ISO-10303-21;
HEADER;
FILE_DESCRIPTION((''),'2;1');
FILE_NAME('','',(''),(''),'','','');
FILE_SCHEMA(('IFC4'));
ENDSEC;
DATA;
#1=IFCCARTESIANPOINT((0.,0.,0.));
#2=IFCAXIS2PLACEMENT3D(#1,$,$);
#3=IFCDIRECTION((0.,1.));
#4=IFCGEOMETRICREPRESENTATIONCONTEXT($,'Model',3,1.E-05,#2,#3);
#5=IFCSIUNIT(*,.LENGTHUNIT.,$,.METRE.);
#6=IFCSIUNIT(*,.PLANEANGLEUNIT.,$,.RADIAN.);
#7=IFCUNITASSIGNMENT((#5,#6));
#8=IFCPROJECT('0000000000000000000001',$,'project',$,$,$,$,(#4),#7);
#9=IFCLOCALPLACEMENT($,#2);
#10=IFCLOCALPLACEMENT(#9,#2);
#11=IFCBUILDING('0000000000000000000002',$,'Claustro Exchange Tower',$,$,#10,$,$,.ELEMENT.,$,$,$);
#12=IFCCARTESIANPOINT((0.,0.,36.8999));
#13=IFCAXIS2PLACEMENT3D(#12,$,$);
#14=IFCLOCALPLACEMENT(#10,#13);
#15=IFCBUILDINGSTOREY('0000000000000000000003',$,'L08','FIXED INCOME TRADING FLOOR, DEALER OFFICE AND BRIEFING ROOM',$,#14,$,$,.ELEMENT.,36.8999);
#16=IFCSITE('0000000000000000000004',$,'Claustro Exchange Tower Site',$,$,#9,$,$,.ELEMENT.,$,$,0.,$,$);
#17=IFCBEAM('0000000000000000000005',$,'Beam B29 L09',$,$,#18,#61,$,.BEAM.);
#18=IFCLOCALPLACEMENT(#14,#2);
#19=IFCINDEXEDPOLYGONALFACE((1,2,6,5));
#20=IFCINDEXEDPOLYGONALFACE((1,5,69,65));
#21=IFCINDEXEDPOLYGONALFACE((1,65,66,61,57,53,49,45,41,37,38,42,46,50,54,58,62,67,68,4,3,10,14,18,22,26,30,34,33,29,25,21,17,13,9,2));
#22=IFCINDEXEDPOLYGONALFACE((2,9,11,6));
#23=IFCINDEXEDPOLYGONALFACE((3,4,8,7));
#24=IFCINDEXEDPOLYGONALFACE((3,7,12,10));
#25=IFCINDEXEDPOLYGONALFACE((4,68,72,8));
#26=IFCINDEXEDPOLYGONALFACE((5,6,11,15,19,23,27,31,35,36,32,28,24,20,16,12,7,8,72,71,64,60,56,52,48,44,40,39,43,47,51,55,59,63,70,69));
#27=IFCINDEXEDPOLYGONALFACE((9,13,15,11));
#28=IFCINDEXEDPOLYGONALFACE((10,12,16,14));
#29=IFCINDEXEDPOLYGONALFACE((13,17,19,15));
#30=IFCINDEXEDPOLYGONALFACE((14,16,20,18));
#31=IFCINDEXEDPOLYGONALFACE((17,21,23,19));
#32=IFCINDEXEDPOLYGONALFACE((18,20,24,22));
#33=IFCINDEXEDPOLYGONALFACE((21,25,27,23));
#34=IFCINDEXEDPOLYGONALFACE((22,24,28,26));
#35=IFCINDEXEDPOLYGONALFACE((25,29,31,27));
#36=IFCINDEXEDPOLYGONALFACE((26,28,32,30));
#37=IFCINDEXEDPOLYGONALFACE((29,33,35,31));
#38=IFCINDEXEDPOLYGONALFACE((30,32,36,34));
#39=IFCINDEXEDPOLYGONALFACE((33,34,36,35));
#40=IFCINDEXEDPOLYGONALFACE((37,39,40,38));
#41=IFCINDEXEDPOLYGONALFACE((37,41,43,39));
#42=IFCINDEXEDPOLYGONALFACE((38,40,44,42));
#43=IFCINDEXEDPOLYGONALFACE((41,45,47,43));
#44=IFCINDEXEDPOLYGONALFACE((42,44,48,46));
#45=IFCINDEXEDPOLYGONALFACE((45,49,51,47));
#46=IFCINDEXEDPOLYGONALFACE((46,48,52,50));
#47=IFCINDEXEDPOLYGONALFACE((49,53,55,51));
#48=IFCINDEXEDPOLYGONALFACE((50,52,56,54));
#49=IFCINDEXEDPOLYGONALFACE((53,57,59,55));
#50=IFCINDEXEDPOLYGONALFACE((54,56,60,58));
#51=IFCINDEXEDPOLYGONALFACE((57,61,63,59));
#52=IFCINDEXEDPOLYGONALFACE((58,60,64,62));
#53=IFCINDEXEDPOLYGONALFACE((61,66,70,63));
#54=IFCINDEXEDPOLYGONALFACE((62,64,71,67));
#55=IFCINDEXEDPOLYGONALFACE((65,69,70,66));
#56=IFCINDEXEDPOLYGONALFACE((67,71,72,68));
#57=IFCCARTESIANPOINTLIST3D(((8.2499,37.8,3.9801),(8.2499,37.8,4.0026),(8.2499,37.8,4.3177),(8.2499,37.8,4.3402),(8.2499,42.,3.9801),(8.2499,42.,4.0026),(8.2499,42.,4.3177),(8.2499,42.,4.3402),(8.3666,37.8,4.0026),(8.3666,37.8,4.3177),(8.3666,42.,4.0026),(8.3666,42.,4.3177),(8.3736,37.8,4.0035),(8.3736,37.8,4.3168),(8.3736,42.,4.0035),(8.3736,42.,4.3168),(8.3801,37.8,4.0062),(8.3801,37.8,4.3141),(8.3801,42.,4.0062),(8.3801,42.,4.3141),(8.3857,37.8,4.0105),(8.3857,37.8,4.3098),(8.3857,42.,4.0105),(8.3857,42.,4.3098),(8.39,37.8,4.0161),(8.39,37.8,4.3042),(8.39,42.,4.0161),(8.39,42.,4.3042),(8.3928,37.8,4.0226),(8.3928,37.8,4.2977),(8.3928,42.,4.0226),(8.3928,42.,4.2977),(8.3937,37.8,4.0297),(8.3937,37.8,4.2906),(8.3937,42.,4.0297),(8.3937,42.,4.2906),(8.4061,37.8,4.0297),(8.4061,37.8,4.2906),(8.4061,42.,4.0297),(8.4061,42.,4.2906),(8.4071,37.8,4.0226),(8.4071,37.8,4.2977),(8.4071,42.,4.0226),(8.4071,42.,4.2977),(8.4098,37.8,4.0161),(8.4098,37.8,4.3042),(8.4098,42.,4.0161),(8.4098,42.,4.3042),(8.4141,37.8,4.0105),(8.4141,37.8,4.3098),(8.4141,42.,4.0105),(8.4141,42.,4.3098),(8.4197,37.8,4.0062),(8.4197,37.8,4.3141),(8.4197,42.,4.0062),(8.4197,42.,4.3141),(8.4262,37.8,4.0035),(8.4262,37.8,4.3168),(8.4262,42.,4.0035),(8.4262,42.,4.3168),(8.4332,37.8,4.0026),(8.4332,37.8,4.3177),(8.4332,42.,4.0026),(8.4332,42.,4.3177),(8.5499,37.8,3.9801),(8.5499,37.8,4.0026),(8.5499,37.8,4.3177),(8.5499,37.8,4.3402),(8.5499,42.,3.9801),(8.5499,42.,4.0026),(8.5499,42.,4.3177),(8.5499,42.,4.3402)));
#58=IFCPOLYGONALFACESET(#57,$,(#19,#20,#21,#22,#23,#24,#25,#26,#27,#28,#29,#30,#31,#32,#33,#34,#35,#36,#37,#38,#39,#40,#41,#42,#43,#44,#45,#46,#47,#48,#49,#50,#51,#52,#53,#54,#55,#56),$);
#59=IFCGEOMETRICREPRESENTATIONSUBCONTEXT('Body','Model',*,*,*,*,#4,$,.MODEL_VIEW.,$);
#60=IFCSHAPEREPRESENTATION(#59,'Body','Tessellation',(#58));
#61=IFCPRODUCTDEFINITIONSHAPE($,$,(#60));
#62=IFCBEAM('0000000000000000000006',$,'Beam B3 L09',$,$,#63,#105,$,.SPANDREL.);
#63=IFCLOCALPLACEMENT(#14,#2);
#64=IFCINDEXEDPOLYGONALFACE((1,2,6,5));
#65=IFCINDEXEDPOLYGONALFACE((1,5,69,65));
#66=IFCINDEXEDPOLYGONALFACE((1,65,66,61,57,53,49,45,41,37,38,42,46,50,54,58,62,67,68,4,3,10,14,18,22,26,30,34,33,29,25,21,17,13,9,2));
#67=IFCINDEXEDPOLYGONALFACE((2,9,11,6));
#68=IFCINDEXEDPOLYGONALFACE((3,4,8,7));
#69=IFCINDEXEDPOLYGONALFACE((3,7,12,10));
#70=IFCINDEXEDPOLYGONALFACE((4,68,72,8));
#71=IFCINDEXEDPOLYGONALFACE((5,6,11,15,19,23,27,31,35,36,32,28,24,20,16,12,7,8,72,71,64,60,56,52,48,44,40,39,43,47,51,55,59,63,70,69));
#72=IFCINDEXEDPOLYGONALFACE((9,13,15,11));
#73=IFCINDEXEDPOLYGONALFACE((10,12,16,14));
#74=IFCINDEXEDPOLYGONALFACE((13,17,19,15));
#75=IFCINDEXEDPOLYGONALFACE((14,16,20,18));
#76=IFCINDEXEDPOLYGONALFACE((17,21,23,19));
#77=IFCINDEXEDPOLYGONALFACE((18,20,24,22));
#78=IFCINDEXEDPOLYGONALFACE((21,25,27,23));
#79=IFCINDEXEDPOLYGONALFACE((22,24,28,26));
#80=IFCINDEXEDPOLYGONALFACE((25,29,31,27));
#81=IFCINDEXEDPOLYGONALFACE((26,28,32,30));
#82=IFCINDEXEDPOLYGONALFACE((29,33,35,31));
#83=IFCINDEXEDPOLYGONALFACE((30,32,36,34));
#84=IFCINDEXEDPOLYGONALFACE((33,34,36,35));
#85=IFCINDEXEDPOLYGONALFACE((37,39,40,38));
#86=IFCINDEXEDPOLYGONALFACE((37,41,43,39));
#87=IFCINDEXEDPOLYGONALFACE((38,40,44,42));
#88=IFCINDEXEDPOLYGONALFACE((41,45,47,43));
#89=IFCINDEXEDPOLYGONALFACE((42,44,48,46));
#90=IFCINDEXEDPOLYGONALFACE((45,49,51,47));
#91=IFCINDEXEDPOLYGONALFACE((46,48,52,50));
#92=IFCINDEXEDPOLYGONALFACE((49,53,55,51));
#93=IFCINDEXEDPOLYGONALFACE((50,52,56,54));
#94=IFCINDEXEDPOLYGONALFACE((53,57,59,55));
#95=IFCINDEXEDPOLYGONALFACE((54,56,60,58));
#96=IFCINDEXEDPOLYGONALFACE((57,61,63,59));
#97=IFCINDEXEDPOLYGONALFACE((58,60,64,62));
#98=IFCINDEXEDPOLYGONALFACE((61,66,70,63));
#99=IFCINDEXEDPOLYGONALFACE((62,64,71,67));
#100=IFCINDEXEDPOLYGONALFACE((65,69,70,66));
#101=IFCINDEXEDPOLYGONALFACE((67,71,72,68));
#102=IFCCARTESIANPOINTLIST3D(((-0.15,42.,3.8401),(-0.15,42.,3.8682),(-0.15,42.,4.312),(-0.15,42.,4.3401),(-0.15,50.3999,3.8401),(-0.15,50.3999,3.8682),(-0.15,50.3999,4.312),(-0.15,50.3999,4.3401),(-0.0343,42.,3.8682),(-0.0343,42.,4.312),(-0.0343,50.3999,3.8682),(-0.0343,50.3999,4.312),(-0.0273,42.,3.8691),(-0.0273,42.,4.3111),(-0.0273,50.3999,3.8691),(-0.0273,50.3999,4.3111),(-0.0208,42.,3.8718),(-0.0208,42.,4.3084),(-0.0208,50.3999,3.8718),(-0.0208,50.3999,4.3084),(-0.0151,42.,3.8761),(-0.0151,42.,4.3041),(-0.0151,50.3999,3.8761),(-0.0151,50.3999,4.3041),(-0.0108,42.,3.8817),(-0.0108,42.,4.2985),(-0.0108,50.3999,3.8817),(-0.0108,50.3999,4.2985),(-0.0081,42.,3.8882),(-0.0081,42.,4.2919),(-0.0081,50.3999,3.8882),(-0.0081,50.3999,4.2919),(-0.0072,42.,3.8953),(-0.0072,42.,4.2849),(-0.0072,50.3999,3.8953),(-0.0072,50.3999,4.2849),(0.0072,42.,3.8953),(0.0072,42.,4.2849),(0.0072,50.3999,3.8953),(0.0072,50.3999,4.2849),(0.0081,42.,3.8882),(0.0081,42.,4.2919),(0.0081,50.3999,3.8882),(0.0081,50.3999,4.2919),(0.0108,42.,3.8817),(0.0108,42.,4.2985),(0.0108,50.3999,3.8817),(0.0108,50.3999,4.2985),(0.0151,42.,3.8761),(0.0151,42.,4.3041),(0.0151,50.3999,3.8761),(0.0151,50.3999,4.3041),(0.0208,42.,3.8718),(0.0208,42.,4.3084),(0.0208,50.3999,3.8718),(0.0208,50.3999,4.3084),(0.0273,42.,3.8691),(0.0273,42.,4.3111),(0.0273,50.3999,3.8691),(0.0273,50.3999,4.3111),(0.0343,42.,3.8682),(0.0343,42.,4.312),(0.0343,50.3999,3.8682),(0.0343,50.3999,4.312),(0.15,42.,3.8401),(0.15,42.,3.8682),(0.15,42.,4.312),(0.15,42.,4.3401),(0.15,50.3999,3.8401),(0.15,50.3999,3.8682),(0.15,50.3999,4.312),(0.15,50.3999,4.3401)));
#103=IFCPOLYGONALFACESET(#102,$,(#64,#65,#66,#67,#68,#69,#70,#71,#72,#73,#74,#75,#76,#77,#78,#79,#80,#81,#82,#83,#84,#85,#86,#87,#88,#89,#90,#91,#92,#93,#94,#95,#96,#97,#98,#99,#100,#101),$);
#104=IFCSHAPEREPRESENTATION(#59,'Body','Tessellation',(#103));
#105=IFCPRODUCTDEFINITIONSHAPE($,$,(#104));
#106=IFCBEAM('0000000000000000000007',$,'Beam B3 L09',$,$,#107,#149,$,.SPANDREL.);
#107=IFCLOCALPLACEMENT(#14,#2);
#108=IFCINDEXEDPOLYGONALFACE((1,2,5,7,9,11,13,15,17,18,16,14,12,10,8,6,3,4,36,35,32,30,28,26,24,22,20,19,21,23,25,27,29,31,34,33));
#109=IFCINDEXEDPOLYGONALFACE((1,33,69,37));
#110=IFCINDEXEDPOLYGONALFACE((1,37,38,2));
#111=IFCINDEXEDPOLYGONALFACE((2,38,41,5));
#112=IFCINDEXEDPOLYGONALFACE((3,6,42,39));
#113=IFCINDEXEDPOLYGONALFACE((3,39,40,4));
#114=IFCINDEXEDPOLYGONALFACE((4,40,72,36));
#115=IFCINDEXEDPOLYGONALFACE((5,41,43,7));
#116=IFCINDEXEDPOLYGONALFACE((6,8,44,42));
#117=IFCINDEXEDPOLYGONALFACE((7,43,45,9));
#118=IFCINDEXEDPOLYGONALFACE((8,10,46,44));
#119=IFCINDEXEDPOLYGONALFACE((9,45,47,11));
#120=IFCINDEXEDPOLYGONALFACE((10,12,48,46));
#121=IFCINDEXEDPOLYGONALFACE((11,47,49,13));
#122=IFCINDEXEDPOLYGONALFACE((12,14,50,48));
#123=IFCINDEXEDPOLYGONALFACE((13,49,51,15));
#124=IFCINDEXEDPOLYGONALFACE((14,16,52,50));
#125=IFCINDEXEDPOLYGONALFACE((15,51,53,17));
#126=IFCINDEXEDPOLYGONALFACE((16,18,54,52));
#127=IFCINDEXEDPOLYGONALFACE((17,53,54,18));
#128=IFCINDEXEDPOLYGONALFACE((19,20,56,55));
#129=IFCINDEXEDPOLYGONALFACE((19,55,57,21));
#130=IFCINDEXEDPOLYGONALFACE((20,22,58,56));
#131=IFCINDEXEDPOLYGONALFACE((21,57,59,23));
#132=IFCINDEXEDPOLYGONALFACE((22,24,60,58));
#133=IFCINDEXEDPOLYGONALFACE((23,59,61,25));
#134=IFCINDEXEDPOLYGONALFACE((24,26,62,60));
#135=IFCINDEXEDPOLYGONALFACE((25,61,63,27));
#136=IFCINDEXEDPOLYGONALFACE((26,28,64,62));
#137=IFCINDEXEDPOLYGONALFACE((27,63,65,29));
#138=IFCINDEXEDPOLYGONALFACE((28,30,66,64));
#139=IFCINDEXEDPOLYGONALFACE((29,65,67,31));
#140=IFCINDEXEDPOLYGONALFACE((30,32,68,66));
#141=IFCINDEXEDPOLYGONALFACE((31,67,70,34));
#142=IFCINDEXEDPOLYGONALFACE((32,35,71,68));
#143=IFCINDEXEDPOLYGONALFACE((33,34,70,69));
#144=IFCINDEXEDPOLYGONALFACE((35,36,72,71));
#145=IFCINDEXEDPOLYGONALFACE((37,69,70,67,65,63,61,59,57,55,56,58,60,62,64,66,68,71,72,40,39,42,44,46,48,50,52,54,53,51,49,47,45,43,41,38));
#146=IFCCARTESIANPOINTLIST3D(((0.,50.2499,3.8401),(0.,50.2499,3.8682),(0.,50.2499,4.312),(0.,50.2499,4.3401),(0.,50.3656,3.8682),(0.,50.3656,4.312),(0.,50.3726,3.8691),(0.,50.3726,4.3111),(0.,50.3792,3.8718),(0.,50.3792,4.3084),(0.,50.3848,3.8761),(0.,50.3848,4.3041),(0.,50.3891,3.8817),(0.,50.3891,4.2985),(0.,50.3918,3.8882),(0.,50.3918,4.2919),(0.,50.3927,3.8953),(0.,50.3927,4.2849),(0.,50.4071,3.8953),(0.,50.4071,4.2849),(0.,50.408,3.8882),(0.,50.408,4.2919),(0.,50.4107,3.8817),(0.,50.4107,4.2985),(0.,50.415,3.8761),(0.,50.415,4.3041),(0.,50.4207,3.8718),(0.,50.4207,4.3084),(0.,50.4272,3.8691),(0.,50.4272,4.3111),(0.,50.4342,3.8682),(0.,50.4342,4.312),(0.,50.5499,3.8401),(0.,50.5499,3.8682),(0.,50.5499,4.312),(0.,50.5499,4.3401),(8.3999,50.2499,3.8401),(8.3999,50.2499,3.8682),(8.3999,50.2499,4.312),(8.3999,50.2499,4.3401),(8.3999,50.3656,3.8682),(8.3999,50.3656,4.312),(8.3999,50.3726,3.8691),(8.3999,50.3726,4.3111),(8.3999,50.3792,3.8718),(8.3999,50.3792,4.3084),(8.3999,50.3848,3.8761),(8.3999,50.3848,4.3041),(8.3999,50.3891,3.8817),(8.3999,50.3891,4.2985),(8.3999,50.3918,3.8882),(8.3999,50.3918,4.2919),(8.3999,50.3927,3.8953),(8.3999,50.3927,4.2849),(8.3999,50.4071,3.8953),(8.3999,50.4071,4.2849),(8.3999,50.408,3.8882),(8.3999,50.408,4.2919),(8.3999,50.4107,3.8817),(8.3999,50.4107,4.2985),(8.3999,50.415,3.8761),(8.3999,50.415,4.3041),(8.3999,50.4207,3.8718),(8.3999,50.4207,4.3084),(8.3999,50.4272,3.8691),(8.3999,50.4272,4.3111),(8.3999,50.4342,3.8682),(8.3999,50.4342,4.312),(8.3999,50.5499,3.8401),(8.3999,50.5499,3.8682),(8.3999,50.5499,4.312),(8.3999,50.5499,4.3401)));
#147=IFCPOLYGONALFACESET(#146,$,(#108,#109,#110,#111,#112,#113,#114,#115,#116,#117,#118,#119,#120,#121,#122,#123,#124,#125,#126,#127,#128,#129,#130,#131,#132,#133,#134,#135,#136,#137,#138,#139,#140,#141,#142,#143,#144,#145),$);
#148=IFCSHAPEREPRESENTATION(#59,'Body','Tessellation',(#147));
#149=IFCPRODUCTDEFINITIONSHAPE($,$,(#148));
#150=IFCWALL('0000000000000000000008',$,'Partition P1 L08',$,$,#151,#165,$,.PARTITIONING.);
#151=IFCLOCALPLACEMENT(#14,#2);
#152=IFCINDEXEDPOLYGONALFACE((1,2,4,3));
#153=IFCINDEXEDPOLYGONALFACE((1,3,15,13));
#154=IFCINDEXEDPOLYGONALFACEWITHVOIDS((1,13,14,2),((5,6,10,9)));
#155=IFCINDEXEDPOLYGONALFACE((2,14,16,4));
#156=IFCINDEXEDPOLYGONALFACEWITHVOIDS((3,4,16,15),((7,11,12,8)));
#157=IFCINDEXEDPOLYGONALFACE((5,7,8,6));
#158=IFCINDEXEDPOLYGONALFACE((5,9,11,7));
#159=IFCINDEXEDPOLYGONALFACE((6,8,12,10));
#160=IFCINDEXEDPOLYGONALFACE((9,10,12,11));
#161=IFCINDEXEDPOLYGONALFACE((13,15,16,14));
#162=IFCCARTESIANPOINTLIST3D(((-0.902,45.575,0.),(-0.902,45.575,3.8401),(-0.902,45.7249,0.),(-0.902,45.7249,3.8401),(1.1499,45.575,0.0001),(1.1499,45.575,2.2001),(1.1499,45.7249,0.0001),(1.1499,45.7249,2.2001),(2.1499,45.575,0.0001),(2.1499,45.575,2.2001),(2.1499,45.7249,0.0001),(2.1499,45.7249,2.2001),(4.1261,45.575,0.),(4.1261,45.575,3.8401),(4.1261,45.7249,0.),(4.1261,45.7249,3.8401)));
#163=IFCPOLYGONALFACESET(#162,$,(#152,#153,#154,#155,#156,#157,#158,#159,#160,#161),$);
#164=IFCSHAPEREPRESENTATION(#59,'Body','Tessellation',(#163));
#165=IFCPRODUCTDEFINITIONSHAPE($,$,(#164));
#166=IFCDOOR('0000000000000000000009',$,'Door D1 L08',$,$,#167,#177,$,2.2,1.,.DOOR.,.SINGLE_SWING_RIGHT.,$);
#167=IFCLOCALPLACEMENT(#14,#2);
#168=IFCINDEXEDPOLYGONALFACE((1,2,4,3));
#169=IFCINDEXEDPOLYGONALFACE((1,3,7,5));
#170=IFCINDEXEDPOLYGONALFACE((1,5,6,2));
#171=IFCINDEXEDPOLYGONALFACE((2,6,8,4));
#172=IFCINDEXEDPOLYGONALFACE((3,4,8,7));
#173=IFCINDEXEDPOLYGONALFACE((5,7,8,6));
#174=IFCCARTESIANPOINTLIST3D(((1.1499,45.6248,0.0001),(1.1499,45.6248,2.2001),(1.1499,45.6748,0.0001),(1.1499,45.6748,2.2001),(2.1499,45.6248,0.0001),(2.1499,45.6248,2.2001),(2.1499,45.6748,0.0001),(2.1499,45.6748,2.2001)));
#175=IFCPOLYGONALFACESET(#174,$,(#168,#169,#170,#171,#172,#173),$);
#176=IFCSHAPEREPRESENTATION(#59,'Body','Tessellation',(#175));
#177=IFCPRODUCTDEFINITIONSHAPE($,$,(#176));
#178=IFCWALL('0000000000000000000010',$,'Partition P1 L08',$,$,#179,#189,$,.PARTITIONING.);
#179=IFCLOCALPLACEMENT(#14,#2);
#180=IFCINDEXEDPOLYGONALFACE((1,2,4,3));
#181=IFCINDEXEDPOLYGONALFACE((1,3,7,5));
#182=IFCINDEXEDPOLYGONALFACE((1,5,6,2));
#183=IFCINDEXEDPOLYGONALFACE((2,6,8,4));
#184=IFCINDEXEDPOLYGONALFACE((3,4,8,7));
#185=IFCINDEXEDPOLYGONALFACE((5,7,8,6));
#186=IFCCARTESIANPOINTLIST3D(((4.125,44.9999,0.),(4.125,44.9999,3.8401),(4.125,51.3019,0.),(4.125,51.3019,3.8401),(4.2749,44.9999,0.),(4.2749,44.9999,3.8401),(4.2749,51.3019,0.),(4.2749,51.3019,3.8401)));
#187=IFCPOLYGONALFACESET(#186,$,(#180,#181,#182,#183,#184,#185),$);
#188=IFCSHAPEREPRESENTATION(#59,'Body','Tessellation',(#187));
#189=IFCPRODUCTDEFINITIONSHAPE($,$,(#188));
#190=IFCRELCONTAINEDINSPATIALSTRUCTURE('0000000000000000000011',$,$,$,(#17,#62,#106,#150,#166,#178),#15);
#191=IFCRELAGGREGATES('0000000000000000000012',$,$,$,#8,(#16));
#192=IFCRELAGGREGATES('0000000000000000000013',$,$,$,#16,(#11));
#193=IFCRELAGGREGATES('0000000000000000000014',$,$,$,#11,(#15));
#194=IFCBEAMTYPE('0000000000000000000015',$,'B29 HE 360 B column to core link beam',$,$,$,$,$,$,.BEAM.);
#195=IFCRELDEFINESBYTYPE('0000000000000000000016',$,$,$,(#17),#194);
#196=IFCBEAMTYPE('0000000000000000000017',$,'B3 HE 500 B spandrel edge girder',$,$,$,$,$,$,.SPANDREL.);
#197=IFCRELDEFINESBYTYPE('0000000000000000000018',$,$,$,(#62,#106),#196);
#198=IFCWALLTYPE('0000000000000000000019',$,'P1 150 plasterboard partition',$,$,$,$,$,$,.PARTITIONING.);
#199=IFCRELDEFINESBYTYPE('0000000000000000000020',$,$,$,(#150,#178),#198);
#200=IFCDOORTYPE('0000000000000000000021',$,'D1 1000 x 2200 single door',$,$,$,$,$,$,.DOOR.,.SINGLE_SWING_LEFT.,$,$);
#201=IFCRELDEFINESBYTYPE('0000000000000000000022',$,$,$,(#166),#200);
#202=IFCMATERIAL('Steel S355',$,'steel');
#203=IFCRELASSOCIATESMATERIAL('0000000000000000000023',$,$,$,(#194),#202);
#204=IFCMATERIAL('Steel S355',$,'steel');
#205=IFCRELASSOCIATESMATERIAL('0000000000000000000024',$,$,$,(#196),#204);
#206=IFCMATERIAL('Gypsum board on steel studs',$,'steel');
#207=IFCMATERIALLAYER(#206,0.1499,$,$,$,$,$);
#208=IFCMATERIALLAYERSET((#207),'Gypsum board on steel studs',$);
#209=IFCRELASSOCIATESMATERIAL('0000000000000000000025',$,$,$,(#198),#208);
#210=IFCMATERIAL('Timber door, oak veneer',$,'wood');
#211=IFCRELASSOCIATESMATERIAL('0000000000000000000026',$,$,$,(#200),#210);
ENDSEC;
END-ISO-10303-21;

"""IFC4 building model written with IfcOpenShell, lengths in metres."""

from ifc_helpers import new_model, si_unit, direction, frame, frame_2d, origin, origin_2d, place, context, subcontext, project, spatial, rectangle, i_section, extrude, material, layer, layer_set, material_profile, profile_set, type_object, element, fill, save


model = new_model("IFC4")

# Units and contexts
model_context = context("Model", 3, precision=1e-05, world=origin(), true_north=direction((0.0, 1.0)))
body_context = subcontext(model_context, "Body", "Model", "MODEL_VIEW")
ifc_project = project(units=[si_unit("LENGTHUNIT", "METRE"), si_unit("PLANEANGLEUNIT", "RADIAN")], contexts=[model_context])

# Site, building, storey
site_placement = place(None, origin())
site = spatial("IfcSite", under=ifc_project, at=site_placement, Name="Claustro Exchange Tower Site", CompositionType="ELEMENT", RefElevation=0.0)
building_placement = place(site_placement, origin())
building = spatial("IfcBuilding", under=site, at=building_placement, Name="Claustro Exchange Tower", CompositionType="ELEMENT")
storey_placement = place(building_placement, frame((0.0, 0.0, 36.8999)))
storey = spatial("IfcBuildingStorey", under=building, at=storey_placement, Name="L08", Description="FIXED INCOME TRADING FLOOR, DEALER OFFICE AND BRIEFING ROOM", CompositionType="ELEMENT", Elevation=36.8999)

# Beams
ifc_material_1 = material(Name="Steel S355", Category="steel")
ifc_material_profile_1 = material_profile(ifc_material_1, i_section(OverallWidth=0.3, OverallDepth=0.3601, WebThickness=0.0125, FlangeThickness=0.0225, FilletRadius=0.0271, at=origin_2d()), Name="HE 360 B")
ifc_profile_set_1 = profile_set([ifc_material_profile_1], Name="Steel S355")
beam_type_1 = type_object("IfcBeamType", Name="B29 HE 360 B column to core link beam", PredefinedType="BEAM", material=ifc_profile_set_1)
beam_1_placement = place(storey_placement, frame((8.3999, 37.8, 4.1602), z_axis=(0.0, 1.0, 0.0), x_axis=(-1.0, 0.0, 0.0)))
element("IfcBeam", 1, at=beam_1_placement, inside=storey, type_object=beam_type_1, Name="Beam B29 L09", PredefinedType="BEAM", context=body_context, shape_type="SweptSolid", body=[
    extrude(i_section(OverallWidth=0.3, OverallDepth=0.3601, WebThickness=0.0125, FlangeThickness=0.0225, FilletRadius=0.0271, at=origin_2d()), origin(), (0.0, 0.0, 1.0), 4.2),
])
ifc_material_2 = material(Name="Steel S355", Category="steel")
ifc_material_profile_2 = material_profile(ifc_material_2, i_section(OverallWidth=0.3, OverallDepth=0.5, WebThickness=0.0144, FlangeThickness=0.0281, FilletRadius=0.0271, at=origin_2d()), Name="HE 500 B")
ifc_profile_set_2 = profile_set([ifc_material_profile_2], Name="Steel S355")
beam_type_2 = type_object("IfcBeamType", Name="B3 HE 500 B spandrel edge girder", PredefinedType="SPANDREL", material=ifc_profile_set_2)
for number, where, z_axis, x_axis, name in (
    (2, (0.0, 42.0, 4.0901), (0.0, 1.0, 0.0), (-1.0, 0.0, 0.0), "Beam B3 L09"),
    (3, (0.0, 50.3999, 4.0901), (1.0, 0.0, 0.0), (0.0, 1.0, 0.0), "Beam B3 L09"),
):
    element("IfcBeam", number, at=place(storey_placement, frame(where, z_axis=z_axis, x_axis=x_axis)), inside=storey, type_object=beam_type_2, Name=name, PredefinedType="SPANDREL", context=body_context, shape_type="SweptSolid", body=[
        extrude(i_section(OverallWidth=0.3, OverallDepth=0.5, WebThickness=0.0144, FlangeThickness=0.0281, FilletRadius=0.0271, at=origin_2d()), origin(), (0.0, 0.0, 1.0), 8.3999),
    ])

# Wall, opening, door
ifc_material_3 = material(Name="Gypsum board on steel studs", Category="steel")
ifc_layer_1 = layer(ifc_material_3, 0.1499)
ifc_layer_set_1 = layer_set([ifc_layer_1], Name="Gypsum board on steel studs")
wall_type_1 = type_object("IfcWallType", Name="P1 150 plasterboard partition", PredefinedType="PARTITIONING", material=ifc_layer_set_1)
wall_1_placement = place(storey_placement, frame((-0.9021, 45.6499, 0.0), z_axis=(0.0, 0.0, 1.0), x_axis=(1.0, 0.0, 0.0)))
wall_1 = element("IfcWall", 4, at=wall_1_placement, inside=storey, type_object=wall_type_1, Name="Partition P1 L08", PredefinedType="PARTITIONING", context=body_context, shape_type="SweptSolid", body=[
    extrude(rectangle(XDim=5.0281, YDim=0.1499, at=frame_2d((2.5142, 0.0))), origin(), (0.0, 0.0, 1.0), 3.8401),
])
opening_1_placement = place(wall_1_placement, frame((2.052, 0.0, 0.0)))
opening_1 = element("IfcOpeningElement", 5, at=opening_1_placement, cuts=wall_1, PredefinedType="OPENING", context=body_context, shape_type="SweptSolid", body=[
    extrude(rectangle(XDim=1.0, YDim=2.2, at=frame_2d((0.5, 1.1001))), frame((0.0, 0.085, 0.0), z_axis=(0.0, -1.0, 0.0), x_axis=(1.0, 0.0, 0.0)), (0.0, 0.0, 1.0), 0.1699),
])
ifc_material_4 = material(Name="Timber door, oak veneer", Category="wood")
door_type_1 = type_object("IfcDoorType", Name="D1 1000 x 2200 single door", OperationType="SINGLE_SWING_LEFT", PredefinedType="DOOR", material=ifc_material_4)
door_1_placement = place(opening_1_placement, origin())
door_1 = element("IfcDoor", 6, at=door_1_placement, inside=storey, type_object=door_type_1, Name="Door D1 L08", OperationType="SINGLE_SWING_RIGHT", OverallHeight=2.2, OverallWidth=1.0, PredefinedType="DOOR", context=body_context, shape_type="SweptSolid", body=[
    extrude(rectangle(XDim=1.0, YDim=2.2, at=frame_2d((0.5, 1.1001))), frame((0.0, 0.0249, 0.0), z_axis=(0.0, -1.0, 0.0), x_axis=(1.0, 0.0, 0.0)), (0.0, 0.0, 1.0), 0.05),
])
fill(opening_1, door_1)

# Wall
wall_2_placement = place(storey_placement, frame((4.2, 45.0, 0.0), z_axis=(0.0, 0.0, 1.0), x_axis=(0.0, 1.0, 0.0)))
element("IfcWall", 7, at=wall_2_placement, inside=storey, type_object=wall_type_1, Name="Partition P1 L08", PredefinedType="PARTITIONING", context=body_context, shape_type="SweptSolid", body=[
    extrude(rectangle(XDim=6.302, YDim=0.1499, at=frame_2d((3.1509, 0.0))), origin(), (0.0, 0.0, 1.0), 3.8401),
])

save(model, "model.ifc")
